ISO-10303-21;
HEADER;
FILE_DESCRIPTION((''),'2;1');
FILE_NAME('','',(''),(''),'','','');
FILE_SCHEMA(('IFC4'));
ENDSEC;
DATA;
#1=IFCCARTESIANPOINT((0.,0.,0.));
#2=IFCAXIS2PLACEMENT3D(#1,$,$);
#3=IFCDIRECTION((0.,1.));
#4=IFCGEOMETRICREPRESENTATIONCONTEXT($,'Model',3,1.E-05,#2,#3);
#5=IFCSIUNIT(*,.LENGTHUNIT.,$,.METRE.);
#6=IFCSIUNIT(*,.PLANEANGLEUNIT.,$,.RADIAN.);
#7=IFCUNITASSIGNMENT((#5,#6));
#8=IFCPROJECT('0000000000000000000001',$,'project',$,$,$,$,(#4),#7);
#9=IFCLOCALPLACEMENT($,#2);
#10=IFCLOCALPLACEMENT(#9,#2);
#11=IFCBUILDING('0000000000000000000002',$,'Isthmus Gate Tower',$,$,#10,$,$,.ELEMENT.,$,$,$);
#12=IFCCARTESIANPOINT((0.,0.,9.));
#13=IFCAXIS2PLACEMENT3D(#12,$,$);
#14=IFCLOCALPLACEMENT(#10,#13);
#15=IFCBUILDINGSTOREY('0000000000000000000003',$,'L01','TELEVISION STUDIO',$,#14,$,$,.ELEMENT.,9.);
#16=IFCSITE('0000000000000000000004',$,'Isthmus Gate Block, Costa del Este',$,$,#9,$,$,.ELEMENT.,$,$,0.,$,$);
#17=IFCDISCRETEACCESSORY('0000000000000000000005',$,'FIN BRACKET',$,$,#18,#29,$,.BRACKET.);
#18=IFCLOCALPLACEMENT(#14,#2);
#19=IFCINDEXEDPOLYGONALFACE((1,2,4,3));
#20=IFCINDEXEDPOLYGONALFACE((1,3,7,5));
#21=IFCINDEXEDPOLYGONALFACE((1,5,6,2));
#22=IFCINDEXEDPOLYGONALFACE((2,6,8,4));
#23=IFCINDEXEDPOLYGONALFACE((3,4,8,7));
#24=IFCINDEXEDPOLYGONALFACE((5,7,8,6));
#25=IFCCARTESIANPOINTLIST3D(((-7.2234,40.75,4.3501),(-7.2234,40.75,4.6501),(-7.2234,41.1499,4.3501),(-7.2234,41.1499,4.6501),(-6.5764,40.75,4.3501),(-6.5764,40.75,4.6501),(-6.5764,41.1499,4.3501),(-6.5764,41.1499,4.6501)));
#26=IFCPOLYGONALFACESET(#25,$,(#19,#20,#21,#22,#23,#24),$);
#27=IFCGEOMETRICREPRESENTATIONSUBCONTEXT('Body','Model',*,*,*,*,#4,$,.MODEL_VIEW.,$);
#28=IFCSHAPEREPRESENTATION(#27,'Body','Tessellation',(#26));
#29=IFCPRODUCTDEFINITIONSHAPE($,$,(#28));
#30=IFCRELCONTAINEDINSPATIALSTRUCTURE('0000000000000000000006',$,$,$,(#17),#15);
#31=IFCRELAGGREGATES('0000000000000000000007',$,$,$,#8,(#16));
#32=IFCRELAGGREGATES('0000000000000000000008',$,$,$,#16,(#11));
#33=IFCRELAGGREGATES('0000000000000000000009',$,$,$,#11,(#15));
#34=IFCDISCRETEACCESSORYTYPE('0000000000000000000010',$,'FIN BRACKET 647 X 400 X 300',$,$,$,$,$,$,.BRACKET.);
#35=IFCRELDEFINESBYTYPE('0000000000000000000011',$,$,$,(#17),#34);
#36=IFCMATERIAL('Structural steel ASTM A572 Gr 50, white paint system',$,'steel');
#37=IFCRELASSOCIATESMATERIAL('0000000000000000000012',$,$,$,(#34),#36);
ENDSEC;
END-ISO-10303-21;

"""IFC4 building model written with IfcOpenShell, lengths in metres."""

from ifc_helpers import new_model, si_unit, direction, frame, origin, origin_2d, place, context, subcontext, project, spatial, rectangle, extrude, material, type_object, element, save


model = new_model("IFC4")

# Units and contexts
model_context = context("Model", 3, precision=1e-05, world=origin(), true_north=direction((0.0, 1.0)))
body_context = subcontext(model_context, "Body", "Model", "MODEL_VIEW")
ifc_project = project(units=[si_unit("LENGTHUNIT", "METRE"), si_unit("PLANEANGLEUNIT", "RADIAN")], contexts=[model_context])

# Site, building, storey
site_placement = place(None, origin())
site = spatial("IfcSite", under=ifc_project, at=site_placement, Name="Isthmus Gate Block, Costa del Este", CompositionType="ELEMENT", RefElevation=0.0)
building_placement = place(site_placement, origin())
building = spatial("IfcBuilding", under=site, at=building_placement, Name="Isthmus Gate Tower", CompositionType="ELEMENT")
storey_placement = place(building_placement, frame((0.0, 0.0, 9.0)))
storey = spatial("IfcBuildingStorey", under=building, at=storey_placement, Name="L01", Description="TELEVISION STUDIO", CompositionType="ELEMENT", Elevation=9.0)

# Discrete accessory
ifc_material_1 = material(Name="Structural steel ASTM A572 Gr 50, white paint system", Category="steel")
discrete_accessory_type_1 = type_object("IfcDiscreteAccessoryType", Name="FIN BRACKET 647 X 400 X 300", PredefinedType="BRACKET", material=ifc_material_1)
for number, where, z_axis, x_axis, name in (
    (1, (-6.8999, 40.95, 4.3501), (0.0, 0.0, 1.0), (0.0, 1.0, 0.0), "FIN BRACKET"),
):
    element("IfcDiscreteAccessory", number, at=place(storey_placement, frame(where, z_axis=z_axis, x_axis=x_axis)), inside=storey, type_object=discrete_accessory_type_1, Name=name, PredefinedType="BRACKET", context=body_context, shape_type="SweptSolid", body=[
        extrude(rectangle(XDim=0.3999, YDim=0.647, at=origin_2d()), origin(), (0.0, 0.0, 1.0), 0.3),
    ])

save(model, "model.ifc")
